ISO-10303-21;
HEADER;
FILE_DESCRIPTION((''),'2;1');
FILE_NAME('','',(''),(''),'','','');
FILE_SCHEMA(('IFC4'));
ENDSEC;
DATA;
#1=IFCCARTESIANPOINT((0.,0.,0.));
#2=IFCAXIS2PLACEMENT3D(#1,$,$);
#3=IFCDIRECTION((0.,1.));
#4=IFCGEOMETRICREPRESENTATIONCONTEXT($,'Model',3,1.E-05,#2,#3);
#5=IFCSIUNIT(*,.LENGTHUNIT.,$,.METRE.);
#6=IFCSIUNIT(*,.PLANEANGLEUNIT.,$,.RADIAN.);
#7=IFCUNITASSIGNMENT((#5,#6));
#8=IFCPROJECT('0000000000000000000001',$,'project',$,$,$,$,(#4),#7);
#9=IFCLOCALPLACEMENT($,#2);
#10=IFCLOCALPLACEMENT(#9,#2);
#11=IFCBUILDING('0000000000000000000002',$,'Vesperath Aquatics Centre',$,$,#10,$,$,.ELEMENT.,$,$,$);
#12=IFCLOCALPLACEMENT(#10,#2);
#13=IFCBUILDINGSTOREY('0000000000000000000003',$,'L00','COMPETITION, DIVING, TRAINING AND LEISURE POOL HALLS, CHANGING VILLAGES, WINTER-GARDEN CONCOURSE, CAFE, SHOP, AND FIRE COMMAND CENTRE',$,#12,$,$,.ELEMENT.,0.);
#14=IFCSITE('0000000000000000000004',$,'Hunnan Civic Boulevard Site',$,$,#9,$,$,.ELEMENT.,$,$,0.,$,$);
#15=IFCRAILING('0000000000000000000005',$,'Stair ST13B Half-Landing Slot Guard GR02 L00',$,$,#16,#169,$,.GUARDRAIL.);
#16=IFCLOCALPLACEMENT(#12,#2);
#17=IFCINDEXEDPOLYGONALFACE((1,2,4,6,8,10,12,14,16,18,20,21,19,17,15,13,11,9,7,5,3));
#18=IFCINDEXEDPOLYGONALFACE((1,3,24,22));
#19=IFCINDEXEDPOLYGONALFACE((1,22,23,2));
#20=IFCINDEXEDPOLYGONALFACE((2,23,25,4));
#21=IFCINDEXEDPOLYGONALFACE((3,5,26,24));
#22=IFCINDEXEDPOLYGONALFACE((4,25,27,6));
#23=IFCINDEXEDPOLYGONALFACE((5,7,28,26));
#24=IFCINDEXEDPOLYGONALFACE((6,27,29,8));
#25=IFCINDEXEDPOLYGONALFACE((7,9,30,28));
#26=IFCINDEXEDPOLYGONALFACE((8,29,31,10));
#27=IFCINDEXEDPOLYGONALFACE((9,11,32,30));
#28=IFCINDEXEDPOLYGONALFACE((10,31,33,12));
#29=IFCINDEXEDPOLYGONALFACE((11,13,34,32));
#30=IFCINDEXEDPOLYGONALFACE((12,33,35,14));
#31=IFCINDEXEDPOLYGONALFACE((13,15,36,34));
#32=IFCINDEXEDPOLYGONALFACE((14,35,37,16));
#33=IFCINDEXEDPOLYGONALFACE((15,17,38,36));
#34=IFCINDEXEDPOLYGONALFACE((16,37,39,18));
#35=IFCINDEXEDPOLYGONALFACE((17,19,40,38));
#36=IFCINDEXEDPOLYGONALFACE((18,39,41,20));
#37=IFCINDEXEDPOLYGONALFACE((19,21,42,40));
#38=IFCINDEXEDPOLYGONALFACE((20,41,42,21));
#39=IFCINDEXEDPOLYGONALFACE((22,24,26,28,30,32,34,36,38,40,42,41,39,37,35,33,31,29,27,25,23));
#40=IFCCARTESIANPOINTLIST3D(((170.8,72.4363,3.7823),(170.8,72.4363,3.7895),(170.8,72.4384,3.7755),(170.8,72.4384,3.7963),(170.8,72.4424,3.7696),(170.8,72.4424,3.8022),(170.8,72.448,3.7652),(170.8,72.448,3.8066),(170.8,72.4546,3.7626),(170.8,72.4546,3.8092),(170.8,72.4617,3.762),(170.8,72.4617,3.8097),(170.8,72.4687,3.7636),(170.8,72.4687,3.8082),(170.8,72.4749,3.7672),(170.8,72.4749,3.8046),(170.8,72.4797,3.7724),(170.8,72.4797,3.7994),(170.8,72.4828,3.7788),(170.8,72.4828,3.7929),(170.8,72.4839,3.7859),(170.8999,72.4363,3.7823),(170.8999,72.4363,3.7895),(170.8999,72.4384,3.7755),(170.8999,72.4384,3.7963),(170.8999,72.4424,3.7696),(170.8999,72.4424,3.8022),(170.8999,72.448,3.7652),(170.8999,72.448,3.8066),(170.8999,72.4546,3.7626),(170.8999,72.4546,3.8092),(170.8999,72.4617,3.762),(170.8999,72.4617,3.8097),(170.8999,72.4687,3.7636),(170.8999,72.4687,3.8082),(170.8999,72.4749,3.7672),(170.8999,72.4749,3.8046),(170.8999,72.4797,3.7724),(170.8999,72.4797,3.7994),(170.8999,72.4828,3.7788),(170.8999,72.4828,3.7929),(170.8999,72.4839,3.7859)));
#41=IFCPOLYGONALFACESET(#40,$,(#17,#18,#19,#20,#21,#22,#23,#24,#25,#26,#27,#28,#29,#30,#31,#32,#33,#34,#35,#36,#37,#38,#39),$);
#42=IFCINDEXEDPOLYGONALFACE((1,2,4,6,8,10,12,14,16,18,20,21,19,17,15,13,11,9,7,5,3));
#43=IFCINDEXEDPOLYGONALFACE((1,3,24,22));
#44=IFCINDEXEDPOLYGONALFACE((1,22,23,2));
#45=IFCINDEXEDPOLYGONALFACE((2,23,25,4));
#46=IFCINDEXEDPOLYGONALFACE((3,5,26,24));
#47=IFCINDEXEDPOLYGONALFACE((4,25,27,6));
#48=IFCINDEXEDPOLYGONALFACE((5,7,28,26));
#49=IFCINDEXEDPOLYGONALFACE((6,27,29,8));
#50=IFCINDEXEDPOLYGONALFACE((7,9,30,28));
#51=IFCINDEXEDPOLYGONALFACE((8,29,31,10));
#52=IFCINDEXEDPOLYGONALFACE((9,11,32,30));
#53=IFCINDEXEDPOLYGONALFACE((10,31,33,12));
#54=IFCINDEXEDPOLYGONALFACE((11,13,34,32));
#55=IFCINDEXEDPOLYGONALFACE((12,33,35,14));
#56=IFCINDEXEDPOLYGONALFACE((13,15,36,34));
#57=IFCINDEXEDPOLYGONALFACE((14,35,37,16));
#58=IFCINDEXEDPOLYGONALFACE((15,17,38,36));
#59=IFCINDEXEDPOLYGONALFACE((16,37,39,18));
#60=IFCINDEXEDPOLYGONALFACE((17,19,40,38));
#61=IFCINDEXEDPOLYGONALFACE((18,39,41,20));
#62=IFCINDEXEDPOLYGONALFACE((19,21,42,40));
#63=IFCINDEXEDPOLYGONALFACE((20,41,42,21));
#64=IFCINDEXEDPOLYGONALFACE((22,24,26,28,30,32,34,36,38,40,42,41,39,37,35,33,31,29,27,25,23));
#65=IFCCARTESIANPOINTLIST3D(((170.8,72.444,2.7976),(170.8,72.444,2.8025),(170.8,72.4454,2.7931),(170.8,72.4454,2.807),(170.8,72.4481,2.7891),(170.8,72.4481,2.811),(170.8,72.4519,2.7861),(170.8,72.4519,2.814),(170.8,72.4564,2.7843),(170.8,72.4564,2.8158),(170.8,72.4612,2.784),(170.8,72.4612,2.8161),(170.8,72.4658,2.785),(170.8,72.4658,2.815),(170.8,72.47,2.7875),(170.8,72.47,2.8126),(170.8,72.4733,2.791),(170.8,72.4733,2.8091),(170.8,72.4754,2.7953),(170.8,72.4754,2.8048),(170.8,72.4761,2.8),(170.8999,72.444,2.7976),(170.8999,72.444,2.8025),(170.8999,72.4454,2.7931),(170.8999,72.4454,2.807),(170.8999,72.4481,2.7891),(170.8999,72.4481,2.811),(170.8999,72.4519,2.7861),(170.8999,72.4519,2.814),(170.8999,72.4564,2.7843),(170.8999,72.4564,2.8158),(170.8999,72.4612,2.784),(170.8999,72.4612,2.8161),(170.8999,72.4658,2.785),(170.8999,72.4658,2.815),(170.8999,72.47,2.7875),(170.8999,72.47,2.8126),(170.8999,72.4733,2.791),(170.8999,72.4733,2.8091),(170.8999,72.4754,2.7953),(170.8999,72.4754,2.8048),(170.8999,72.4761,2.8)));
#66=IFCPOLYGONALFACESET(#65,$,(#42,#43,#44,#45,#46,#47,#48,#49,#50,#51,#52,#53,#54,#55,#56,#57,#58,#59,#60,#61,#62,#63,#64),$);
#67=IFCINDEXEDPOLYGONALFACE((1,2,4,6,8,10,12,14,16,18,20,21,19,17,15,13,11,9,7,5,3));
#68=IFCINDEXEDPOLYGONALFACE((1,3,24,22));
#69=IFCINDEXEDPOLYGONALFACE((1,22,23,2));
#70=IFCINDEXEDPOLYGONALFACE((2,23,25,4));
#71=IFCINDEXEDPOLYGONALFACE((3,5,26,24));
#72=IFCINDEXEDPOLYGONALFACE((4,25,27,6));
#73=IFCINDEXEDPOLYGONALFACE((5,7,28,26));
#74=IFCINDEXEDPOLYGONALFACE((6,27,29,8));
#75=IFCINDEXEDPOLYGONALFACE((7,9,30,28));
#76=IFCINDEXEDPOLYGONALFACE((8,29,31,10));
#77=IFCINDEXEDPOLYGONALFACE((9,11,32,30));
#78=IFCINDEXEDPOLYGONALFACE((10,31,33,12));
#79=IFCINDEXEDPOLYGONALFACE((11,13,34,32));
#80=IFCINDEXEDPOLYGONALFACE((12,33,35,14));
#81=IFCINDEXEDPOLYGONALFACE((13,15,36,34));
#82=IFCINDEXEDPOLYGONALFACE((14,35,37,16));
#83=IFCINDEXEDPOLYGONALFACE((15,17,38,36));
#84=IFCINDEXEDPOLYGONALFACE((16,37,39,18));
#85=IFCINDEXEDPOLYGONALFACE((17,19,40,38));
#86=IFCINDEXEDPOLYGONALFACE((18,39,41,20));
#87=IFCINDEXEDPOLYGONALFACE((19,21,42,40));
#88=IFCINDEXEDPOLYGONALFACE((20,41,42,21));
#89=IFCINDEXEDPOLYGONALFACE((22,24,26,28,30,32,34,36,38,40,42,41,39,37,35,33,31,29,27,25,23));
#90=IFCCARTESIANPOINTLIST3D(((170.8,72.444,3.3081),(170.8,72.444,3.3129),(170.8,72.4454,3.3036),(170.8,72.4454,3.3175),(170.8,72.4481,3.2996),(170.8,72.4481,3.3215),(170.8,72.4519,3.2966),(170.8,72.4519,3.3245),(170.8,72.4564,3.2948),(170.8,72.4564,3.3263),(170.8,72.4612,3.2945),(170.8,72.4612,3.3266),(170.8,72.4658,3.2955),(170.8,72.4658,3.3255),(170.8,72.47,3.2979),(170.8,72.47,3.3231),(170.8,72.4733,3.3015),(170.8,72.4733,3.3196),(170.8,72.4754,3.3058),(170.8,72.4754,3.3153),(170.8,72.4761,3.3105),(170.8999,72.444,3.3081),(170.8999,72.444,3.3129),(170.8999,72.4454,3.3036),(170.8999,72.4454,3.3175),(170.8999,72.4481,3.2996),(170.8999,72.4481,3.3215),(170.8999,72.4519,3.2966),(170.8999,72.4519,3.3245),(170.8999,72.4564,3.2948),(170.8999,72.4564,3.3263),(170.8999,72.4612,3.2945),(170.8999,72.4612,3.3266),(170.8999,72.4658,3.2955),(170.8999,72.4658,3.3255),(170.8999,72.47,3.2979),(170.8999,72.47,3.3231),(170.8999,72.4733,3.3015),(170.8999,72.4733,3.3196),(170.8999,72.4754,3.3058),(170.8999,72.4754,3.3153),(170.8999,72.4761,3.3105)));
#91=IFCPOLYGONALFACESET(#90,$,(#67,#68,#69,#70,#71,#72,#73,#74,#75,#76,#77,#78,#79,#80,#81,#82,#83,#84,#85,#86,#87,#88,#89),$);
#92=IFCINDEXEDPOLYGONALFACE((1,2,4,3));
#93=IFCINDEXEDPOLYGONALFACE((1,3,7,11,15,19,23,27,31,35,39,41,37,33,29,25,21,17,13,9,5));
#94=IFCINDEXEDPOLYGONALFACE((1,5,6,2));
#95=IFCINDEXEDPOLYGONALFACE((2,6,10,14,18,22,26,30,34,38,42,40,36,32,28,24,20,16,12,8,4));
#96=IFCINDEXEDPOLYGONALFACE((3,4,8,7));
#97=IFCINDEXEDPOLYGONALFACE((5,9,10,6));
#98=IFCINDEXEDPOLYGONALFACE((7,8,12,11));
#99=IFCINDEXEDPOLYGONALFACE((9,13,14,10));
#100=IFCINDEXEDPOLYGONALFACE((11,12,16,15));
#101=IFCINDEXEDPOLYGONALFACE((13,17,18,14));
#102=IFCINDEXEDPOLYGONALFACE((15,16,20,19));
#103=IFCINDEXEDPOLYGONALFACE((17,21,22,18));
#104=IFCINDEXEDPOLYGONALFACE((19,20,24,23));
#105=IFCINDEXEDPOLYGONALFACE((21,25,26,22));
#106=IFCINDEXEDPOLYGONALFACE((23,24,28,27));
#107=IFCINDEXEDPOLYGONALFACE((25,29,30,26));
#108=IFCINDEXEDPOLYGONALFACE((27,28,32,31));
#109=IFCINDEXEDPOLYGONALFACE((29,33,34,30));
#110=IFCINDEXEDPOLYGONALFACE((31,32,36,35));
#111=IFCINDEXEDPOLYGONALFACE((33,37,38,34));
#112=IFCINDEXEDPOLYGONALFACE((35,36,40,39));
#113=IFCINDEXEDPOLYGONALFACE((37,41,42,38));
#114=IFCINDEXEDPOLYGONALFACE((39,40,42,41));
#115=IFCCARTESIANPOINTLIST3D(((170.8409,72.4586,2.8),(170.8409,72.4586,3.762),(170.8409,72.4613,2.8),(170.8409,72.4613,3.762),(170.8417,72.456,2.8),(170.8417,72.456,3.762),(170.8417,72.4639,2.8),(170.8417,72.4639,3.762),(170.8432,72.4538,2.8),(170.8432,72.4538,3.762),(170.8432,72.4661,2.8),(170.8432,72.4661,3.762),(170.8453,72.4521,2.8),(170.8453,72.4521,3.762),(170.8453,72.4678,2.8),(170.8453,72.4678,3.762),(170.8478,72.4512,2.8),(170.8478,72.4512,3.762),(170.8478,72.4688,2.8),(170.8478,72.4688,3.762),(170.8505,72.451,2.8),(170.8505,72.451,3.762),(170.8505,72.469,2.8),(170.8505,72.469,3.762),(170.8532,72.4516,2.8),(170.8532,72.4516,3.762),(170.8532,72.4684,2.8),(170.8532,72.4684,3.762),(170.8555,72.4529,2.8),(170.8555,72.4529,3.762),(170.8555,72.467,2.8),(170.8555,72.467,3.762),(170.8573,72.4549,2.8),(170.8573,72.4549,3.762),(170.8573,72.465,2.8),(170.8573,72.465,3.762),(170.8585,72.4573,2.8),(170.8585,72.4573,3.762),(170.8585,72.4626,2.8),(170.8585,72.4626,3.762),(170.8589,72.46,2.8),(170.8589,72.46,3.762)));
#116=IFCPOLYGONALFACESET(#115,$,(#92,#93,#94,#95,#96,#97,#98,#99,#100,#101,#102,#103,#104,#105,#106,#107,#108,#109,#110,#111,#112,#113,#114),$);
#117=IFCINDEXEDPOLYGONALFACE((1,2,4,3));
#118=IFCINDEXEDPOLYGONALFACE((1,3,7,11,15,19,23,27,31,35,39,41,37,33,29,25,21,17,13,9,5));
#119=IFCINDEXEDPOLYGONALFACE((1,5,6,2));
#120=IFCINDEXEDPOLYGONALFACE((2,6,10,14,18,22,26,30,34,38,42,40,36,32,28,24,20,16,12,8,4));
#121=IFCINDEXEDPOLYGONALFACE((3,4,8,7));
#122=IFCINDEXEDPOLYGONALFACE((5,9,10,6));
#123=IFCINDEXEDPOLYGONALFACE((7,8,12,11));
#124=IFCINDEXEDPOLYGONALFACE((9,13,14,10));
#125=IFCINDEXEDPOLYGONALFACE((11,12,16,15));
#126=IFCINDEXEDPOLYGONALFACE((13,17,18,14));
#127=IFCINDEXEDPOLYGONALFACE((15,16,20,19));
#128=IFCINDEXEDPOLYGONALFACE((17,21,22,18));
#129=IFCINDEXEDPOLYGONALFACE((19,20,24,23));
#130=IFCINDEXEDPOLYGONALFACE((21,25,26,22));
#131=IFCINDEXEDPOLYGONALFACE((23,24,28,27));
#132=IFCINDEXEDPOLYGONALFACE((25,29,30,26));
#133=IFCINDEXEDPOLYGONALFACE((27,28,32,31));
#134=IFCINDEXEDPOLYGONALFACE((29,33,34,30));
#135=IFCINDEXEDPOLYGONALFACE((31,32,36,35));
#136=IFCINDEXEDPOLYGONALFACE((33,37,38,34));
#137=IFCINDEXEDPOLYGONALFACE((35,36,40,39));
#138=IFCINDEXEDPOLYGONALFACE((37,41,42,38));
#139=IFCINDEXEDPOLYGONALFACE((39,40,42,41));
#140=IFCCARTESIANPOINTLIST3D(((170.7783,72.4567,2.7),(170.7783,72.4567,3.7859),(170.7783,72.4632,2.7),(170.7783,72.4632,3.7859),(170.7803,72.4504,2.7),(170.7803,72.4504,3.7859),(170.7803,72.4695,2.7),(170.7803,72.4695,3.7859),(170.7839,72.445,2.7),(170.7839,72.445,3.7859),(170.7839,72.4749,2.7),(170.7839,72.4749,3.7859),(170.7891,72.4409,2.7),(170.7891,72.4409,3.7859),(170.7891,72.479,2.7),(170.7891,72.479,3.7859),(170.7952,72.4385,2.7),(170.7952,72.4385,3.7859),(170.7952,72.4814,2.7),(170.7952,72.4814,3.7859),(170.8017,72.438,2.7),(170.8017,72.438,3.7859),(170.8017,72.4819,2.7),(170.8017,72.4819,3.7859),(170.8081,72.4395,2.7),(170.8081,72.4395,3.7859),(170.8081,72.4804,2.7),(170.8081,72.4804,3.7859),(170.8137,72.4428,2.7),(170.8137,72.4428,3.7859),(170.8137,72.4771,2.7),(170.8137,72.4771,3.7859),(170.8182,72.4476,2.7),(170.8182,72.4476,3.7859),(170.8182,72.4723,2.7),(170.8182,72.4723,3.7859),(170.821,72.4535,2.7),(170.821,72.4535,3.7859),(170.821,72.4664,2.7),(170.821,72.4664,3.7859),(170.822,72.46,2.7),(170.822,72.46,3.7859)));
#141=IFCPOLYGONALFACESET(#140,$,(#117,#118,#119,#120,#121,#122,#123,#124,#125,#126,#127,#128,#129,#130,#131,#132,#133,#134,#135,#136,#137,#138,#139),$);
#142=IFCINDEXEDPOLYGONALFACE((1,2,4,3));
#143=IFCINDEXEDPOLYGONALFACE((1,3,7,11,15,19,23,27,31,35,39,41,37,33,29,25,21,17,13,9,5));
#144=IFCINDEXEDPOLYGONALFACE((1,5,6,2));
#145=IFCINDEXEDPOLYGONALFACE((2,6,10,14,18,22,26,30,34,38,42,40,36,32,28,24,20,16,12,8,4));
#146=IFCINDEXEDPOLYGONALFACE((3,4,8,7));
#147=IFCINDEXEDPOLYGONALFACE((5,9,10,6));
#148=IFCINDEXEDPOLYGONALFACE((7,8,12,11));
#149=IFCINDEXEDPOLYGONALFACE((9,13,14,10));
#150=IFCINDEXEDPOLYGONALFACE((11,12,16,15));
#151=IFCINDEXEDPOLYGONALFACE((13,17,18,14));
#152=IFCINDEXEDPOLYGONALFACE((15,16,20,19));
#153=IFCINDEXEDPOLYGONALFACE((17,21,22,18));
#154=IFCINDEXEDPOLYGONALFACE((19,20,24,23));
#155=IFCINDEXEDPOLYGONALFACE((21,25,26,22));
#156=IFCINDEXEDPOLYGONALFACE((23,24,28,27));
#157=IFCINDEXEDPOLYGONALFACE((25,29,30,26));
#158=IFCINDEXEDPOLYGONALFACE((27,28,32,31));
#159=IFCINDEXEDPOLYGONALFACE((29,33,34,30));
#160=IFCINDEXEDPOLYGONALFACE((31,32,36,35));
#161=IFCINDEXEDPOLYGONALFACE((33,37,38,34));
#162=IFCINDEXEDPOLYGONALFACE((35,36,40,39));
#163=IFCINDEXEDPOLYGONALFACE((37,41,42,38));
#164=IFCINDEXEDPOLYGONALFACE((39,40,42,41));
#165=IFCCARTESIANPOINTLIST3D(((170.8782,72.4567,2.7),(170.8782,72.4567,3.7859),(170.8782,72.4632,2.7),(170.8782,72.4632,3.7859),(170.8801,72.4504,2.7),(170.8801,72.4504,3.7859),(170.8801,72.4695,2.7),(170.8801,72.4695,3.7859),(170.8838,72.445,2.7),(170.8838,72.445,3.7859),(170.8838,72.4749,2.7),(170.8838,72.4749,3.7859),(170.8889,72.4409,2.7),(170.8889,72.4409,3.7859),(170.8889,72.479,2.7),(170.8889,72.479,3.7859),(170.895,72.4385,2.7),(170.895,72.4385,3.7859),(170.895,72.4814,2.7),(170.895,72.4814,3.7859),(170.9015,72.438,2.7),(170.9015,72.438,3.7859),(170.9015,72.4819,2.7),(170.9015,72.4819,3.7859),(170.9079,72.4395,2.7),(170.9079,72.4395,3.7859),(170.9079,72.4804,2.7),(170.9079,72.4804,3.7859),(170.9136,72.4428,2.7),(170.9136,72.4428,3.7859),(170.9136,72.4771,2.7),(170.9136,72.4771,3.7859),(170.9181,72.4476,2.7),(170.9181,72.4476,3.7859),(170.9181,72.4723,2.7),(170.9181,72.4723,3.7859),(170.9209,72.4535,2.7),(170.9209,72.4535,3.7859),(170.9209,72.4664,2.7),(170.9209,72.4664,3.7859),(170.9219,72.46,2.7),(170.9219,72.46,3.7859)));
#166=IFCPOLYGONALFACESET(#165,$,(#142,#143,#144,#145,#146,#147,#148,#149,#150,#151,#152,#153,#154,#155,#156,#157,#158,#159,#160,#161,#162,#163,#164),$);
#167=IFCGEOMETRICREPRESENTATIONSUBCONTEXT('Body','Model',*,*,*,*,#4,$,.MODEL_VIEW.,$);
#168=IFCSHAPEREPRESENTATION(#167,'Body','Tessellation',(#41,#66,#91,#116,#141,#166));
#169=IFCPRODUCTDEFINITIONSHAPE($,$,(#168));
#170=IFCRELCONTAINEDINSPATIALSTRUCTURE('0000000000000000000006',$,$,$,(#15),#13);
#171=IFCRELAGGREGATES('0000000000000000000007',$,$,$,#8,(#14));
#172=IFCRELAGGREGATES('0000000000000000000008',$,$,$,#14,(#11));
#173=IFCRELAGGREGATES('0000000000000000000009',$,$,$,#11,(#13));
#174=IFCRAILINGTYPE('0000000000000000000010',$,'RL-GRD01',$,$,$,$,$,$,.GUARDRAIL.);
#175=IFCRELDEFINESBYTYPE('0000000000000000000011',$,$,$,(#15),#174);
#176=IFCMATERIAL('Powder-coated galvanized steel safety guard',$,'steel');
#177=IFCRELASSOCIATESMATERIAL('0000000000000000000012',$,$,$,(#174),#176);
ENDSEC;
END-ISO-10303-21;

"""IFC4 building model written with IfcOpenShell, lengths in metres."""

from ifc_helpers import new_model, si_unit, direction, frame, origin, origin_2d, place, context, subcontext, project, spatial, circle, extrude, material, type_object, element, save


model = new_model("IFC4")

# Units and contexts
model_context = context("Model", 3, precision=1e-05, world=origin(), true_north=direction((0.0, 1.0)))
body_context = subcontext(model_context, "Body", "Model", "MODEL_VIEW")
ifc_project = project(units=[si_unit("LENGTHUNIT", "METRE"), si_unit("PLANEANGLEUNIT", "RADIAN")], contexts=[model_context])

# Site, building, storey
site_placement = place(None, origin())
site = spatial("IfcSite", under=ifc_project, at=site_placement, Name="Hunnan Civic Boulevard Site", CompositionType="ELEMENT", RefElevation=0.0)
building_placement = place(site_placement, origin())
building = spatial("IfcBuilding", under=site, at=building_placement, Name="Vesperath Aquatics Centre", CompositionType="ELEMENT")
storey_placement = place(building_placement, origin())
storey = spatial("IfcBuildingStorey", under=building, at=storey_placement, Name="L00", Description="COMPETITION, DIVING, TRAINING AND LEISURE POOL HALLS, CHANGING VILLAGES, WINTER-GARDEN CONCOURSE, CAFE, SHOP, AND FIRE COMMAND CENTRE", CompositionType="ELEMENT", Elevation=0.0)

# Railing
ifc_material_1 = material(Name="Powder-coated galvanized steel safety guard", Category="steel")
railing_type_1 = type_object("IfcRailingType", Name="RL-GRD01", PredefinedType="GUARDRAIL", material=ifc_material_1)
railing_1_placement = place(storey_placement, frame((170.8, 72.46, 2.7)))
element("IfcRailing", 1, at=railing_1_placement, inside=storey, type_object=railing_type_1, Name="Stair ST13B Half-Landing Slot Guard GR02 L00", PredefinedType="GUARDRAIL", context=body_context, shape_type="SweptSolid", body=[
    extrude(circle(Radius=0.0239, at=origin_2d()), frame((0.0, 0.0, 1.0859), z_axis=(1.0, 0.0, 0.0), x_axis=(0.0, 1.0, 0.0)), (0.0, 0.0, 1.0), 0.0999),
    extrude(circle(Radius=0.0161, at=origin_2d()), frame((0.0, 0.0, 0.1001), z_axis=(1.0, 0.0, 0.0), x_axis=(0.0, 1.0, 0.0)), (0.0, 0.0, 1.0), 0.0999),
    extrude(circle(Radius=0.0161, at=origin_2d()), frame((0.0, 0.0, 0.6106), z_axis=(1.0, 0.0, 0.0), x_axis=(0.0, 1.0, 0.0)), (0.0, 0.0, 1.0), 0.0999),
    extrude(circle(Radius=0.009, at=origin_2d()), frame((0.0498, 0.0, 0.1001)), (0.0, 0.0, 1.0), 0.9619),
    extrude(circle(Radius=0.022, at=origin_2d()), origin(), (0.0, 0.0, 1.0), 1.0859),
    extrude(circle(Radius=0.022, at=origin_2d()), frame((0.0999, 0.0, 0.0)), (0.0, 0.0, 1.0), 1.0859),
])

save(model, "model.ifc")
